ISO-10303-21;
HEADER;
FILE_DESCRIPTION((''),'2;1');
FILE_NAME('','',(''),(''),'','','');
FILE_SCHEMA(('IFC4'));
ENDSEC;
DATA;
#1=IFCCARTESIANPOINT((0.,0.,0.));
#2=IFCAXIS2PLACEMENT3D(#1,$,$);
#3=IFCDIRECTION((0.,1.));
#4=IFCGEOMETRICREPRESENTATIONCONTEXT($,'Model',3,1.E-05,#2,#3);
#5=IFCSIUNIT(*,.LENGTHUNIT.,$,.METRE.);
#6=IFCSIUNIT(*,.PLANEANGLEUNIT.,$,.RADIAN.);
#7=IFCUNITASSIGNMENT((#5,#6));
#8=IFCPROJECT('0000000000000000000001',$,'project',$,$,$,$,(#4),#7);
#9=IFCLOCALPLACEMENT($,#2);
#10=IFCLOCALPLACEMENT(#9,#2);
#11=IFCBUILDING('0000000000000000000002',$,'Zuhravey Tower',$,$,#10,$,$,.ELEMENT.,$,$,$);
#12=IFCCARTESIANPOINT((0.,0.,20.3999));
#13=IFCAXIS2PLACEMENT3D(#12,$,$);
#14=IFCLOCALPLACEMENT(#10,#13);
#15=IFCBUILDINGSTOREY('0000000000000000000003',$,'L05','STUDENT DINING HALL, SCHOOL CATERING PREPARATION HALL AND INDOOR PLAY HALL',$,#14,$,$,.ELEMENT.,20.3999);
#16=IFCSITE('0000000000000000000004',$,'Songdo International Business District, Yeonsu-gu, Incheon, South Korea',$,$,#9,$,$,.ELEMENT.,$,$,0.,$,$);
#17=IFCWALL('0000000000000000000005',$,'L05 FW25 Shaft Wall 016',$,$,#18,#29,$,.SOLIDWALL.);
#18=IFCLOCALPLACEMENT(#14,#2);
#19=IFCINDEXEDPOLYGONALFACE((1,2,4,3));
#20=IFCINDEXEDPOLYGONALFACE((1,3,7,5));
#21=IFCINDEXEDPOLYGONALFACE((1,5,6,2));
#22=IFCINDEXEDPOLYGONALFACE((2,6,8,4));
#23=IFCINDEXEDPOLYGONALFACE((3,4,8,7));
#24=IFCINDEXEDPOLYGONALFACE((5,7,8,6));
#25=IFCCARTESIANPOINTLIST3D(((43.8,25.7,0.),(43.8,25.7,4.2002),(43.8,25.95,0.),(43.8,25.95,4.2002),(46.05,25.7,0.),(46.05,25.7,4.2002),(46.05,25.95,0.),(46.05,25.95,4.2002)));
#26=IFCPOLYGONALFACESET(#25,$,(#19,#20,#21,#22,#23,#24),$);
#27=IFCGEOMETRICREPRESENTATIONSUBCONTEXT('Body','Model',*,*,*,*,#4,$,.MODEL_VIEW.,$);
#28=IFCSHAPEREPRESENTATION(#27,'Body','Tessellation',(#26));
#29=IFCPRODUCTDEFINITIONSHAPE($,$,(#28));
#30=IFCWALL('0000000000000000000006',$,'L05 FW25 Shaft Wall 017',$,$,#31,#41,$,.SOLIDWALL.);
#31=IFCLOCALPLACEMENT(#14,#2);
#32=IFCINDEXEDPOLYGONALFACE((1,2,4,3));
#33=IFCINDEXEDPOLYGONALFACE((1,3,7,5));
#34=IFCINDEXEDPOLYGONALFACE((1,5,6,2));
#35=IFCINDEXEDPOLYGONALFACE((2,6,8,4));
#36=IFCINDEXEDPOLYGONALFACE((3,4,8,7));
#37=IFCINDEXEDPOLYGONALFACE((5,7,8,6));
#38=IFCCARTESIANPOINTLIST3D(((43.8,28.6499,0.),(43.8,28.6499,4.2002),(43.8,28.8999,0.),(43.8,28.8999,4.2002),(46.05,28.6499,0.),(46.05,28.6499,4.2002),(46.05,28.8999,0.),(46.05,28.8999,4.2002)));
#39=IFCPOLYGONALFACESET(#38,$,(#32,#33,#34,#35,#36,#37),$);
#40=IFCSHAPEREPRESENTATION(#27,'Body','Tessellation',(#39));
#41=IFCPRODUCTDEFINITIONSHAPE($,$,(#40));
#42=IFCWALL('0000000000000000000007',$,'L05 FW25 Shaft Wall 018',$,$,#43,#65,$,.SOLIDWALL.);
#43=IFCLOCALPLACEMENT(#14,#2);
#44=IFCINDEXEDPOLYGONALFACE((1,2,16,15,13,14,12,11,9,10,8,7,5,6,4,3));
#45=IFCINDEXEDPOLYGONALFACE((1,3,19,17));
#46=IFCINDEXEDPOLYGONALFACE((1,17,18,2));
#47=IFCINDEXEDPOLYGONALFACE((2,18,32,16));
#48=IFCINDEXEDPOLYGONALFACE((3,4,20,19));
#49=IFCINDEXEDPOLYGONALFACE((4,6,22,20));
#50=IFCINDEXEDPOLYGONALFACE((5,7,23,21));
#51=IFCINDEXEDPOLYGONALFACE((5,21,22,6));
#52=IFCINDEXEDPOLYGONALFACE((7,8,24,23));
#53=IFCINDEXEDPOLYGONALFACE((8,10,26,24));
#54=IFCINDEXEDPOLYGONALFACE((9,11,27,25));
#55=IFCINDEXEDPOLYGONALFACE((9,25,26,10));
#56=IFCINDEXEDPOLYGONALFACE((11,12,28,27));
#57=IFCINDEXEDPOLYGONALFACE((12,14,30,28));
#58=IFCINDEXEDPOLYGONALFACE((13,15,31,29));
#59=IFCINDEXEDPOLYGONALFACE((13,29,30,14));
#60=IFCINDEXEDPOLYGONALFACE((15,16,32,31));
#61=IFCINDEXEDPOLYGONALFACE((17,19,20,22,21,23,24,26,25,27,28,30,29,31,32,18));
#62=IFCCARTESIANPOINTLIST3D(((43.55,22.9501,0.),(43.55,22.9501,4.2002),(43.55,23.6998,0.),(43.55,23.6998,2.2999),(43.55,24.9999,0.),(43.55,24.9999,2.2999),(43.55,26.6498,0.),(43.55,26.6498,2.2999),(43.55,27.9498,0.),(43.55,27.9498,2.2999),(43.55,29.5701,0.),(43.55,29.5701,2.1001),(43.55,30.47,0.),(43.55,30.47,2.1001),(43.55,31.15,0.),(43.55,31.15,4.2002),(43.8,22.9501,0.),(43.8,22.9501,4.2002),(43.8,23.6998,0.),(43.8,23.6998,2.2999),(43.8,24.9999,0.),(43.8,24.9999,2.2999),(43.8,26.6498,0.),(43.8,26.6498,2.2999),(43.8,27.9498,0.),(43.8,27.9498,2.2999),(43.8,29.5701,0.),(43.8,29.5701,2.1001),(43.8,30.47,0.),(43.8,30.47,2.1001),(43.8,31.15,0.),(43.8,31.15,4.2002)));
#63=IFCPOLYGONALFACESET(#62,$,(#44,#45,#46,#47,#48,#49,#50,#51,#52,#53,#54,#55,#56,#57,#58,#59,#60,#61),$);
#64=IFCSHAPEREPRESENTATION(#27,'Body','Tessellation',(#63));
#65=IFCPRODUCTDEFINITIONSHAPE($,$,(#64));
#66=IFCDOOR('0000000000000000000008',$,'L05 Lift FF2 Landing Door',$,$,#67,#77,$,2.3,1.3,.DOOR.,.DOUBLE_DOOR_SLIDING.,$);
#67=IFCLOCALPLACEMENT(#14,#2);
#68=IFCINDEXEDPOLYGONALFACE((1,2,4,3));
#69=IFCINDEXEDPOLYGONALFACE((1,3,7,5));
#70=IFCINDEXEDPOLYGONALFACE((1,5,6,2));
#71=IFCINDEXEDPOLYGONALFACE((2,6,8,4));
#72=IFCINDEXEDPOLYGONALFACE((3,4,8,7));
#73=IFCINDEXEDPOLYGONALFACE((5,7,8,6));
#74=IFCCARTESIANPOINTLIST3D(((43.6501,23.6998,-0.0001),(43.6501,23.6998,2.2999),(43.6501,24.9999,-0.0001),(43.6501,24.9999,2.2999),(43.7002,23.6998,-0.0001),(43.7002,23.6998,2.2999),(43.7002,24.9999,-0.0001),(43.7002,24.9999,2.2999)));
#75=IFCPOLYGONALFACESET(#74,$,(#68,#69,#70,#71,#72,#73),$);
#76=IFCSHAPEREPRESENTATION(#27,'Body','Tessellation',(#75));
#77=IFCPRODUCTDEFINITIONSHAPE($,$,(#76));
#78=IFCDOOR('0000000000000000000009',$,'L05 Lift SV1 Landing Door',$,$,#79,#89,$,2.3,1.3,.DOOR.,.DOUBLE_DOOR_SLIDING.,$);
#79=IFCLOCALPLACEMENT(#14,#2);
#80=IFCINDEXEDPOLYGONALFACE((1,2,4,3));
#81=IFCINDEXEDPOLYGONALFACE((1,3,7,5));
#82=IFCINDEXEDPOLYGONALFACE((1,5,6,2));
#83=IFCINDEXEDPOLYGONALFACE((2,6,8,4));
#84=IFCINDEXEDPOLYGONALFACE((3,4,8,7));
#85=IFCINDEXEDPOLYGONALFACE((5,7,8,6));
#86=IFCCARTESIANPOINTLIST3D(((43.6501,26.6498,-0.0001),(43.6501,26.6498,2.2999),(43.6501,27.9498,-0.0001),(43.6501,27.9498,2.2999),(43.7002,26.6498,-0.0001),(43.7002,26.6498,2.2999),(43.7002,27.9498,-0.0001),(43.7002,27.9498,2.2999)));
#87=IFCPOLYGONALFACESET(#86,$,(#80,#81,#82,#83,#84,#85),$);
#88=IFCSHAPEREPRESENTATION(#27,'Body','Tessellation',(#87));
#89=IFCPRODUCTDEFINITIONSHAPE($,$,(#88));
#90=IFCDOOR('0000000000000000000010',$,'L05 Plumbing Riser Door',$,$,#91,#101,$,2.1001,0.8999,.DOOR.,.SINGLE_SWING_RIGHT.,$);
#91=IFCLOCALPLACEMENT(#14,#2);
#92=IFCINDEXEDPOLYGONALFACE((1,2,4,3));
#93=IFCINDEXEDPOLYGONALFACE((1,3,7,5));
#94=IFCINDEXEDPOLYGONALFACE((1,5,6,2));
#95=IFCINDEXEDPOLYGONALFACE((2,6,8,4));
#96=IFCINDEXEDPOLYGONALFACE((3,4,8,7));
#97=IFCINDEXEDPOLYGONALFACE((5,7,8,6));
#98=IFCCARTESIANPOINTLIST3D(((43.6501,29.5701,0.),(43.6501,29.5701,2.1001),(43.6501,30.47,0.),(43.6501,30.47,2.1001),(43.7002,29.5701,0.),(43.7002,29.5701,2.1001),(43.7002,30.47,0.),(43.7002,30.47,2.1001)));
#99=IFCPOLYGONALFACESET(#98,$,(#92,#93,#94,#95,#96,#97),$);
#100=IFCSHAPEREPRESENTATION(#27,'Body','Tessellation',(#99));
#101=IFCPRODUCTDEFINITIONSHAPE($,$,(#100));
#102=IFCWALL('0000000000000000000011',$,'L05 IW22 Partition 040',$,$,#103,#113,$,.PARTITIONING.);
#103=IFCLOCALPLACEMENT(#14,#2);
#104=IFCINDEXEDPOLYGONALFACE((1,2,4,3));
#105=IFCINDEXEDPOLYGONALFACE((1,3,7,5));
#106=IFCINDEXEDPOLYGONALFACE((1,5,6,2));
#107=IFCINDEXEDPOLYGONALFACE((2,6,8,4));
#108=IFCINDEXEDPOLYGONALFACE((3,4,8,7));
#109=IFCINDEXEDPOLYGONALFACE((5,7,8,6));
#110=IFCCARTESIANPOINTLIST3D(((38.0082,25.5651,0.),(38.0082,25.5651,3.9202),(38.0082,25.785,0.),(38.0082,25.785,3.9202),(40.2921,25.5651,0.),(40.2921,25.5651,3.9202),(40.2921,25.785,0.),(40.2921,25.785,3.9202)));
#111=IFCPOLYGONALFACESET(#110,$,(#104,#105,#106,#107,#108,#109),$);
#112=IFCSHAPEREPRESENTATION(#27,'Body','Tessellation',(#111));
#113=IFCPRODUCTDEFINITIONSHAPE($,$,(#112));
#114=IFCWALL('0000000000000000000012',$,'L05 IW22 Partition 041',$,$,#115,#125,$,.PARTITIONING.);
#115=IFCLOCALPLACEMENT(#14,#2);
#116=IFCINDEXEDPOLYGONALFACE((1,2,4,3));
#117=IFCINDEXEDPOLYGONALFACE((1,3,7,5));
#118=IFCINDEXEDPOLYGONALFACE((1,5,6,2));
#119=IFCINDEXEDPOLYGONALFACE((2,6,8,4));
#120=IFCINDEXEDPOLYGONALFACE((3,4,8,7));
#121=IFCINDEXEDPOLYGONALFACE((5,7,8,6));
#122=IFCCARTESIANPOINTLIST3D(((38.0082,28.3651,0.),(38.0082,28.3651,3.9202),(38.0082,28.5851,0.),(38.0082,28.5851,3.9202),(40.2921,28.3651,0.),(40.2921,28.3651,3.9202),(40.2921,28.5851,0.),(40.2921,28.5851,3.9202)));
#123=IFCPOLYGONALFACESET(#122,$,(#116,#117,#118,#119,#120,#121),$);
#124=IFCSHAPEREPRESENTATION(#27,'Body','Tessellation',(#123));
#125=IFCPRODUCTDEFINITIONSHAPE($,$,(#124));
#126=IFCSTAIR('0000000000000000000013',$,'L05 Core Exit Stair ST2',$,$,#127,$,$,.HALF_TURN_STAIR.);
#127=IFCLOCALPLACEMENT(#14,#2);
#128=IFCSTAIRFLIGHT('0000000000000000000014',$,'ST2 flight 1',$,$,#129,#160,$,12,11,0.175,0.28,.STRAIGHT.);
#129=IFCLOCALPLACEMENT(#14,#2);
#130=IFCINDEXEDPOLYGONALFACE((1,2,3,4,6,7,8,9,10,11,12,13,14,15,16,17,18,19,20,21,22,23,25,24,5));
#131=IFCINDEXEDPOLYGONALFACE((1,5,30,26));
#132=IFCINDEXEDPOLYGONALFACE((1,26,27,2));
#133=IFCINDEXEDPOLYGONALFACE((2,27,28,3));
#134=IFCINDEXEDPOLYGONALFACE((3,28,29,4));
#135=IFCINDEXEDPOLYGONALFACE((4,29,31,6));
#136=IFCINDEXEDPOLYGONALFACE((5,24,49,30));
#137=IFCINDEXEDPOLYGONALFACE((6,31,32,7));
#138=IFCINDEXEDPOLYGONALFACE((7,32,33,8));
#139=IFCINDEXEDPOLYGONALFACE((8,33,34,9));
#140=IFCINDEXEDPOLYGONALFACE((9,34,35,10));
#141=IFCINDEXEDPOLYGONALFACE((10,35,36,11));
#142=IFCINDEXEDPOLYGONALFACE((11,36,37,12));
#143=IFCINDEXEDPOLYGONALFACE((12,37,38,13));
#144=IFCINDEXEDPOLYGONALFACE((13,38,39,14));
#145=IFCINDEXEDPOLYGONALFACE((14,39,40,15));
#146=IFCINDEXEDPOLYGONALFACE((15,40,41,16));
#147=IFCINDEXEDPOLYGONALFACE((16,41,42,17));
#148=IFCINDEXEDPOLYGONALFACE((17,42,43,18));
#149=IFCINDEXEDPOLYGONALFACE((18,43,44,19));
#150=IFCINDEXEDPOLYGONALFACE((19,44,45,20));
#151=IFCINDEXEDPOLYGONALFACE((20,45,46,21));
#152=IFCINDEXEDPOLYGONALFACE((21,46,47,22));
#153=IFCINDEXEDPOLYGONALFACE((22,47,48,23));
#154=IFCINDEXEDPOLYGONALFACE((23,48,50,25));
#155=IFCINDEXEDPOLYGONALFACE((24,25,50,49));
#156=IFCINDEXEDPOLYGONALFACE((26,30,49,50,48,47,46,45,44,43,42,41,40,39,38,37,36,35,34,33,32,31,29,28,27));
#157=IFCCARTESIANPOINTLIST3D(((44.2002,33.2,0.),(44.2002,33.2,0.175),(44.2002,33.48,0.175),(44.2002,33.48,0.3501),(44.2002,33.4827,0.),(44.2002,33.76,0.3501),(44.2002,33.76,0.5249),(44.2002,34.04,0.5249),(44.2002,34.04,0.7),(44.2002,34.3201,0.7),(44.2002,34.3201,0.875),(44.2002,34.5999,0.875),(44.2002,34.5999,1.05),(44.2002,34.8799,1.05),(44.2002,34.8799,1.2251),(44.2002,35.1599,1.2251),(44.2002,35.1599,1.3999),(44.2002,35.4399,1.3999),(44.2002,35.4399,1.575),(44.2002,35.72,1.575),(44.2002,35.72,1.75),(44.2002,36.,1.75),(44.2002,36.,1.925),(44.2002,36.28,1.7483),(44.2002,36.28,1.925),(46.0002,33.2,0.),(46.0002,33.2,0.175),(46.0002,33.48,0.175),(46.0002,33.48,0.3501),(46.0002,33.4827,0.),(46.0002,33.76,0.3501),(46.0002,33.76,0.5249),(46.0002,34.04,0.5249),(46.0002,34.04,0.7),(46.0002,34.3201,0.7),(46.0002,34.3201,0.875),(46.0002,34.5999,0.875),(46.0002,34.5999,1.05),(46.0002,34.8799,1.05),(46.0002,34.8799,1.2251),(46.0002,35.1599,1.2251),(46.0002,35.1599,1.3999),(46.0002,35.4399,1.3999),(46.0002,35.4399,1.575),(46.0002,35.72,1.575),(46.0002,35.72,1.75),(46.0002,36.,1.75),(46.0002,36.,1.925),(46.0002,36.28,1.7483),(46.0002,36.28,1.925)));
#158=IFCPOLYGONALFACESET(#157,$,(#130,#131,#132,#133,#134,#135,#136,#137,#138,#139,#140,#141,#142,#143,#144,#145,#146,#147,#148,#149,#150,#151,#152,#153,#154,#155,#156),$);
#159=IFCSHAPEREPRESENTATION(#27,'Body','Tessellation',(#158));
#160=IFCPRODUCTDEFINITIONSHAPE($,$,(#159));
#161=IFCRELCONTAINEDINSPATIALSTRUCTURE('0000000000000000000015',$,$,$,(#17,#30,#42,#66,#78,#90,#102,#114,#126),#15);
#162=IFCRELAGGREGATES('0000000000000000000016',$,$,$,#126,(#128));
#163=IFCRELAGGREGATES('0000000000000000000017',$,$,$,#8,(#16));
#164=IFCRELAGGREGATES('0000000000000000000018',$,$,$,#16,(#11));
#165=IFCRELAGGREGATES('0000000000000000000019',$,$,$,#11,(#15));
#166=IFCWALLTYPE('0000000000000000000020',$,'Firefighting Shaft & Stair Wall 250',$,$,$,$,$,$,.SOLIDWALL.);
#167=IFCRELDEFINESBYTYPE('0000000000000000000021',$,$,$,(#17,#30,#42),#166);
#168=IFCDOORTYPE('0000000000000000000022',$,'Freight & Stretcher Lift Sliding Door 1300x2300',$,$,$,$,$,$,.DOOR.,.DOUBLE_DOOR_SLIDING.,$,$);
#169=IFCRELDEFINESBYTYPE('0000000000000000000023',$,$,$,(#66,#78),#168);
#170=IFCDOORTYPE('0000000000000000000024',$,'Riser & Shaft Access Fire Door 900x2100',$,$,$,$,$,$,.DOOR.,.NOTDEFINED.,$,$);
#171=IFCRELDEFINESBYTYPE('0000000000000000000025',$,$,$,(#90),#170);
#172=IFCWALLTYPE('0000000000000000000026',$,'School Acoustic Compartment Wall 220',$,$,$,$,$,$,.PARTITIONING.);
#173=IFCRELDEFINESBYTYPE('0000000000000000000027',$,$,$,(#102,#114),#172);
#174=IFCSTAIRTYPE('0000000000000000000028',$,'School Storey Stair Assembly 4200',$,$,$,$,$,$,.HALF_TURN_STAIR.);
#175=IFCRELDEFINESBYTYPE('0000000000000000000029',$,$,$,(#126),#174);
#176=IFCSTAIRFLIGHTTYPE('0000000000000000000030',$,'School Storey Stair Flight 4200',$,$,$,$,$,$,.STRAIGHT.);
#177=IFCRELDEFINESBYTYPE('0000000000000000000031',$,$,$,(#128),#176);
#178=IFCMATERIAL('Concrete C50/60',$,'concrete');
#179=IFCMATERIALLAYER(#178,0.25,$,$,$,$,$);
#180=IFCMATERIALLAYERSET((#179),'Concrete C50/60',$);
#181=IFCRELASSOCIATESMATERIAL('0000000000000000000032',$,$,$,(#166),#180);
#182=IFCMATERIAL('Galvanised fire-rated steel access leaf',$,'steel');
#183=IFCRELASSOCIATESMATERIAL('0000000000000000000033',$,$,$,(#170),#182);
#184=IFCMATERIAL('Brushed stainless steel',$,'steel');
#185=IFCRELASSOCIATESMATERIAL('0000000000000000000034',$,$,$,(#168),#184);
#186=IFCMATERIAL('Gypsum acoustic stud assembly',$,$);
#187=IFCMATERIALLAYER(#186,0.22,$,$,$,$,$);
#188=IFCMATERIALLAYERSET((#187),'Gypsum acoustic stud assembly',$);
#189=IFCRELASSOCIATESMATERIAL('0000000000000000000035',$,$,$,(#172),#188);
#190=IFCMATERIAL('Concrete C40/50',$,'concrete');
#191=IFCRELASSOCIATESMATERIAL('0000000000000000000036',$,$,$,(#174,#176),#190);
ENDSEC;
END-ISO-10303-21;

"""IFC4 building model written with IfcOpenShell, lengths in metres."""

from ifc_helpers import new_model, si_unit, direction, frame, frame_2d, origin, place, context, subcontext, project, spatial, polyline, rectangle, outline, extrude, material, layer, layer_set, type_object, element, fill, aggregate, save


model = new_model("IFC4")

# Units and contexts
model_context = context("Model", 3, precision=1e-05, world=origin(), true_north=direction((0.0, 1.0)))
body_context = subcontext(model_context, "Body", "Model", "MODEL_VIEW")
ifc_project = project(units=[si_unit("LENGTHUNIT", "METRE"), si_unit("PLANEANGLEUNIT", "RADIAN")], contexts=[model_context])

# Site, building, storey
site_placement = place(None, origin())
site = spatial("IfcSite", under=ifc_project, at=site_placement, Name="Songdo International Business District, Yeonsu-gu, Incheon, South Korea", CompositionType="ELEMENT", RefElevation=0.0)
building_placement = place(site_placement, origin())
building = spatial("IfcBuilding", under=site, at=building_placement, Name="Zuhravey Tower", CompositionType="ELEMENT")
storey_placement = place(building_placement, frame((0.0, 0.0, 20.3999)))
storey = spatial("IfcBuildingStorey", under=building, at=storey_placement, Name="L05", Description="STUDENT DINING HALL, SCHOOL CATERING PREPARATION HALL AND INDOOR PLAY HALL", CompositionType="ELEMENT", Elevation=20.3999)

# Shared definitions
ifc_material_1 = material(Name="Concrete C50/60", Category="concrete")
ifc_layer_1 = layer(ifc_material_1, 0.25)
ifc_layer_set_1 = layer_set([ifc_layer_1], Name="Concrete C50/60")
wall_type_1 = type_object("IfcWallType", Name="Firefighting Shaft & Stair Wall 250", PredefinedType="SOLIDWALL", material=ifc_layer_set_1)

# Shared definitions
ifc_material_2 = material(Name="Galvanised fire-rated steel access leaf", Category="steel")
door_type_1 = type_object("IfcDoorType", Name="Riser & Shaft Access Fire Door 900x2100", OperationType="NOTDEFINED", PredefinedType="DOOR", material=ifc_material_2)

# Walls
for number, where, z_axis, x_axis, name in (
    (1, (43.8, 25.825, 0.0), (0.0, 0.0, 1.0), (1.0, 0.0, 0.0), "L05 FW25 Shaft Wall 016"),
    (2, (43.8, 28.7749, 0.0), (0.0, 0.0, 1.0), (1.0, 0.0, 0.0), "L05 FW25 Shaft Wall 017"),
):
    element("IfcWall", number, at=place(storey_placement, frame(where, z_axis=z_axis, x_axis=x_axis)), inside=storey, type_object=wall_type_1, Name=name, PredefinedType="SOLIDWALL", context=body_context, shape_type="SweptSolid", body=[
        extrude(rectangle(XDim=2.25, YDim=0.25, at=frame_2d((1.125, 0.0))), origin(), (0.0, 0.0, 1.0), 4.2002),
    ])

# Wall, openings, doors
wall_1_placement = place(storey_placement, frame((43.675, 22.95, 0.0), z_axis=(0.0, 0.0, 1.0), x_axis=(0.0, 1.0, 0.0)))
wall_1 = element("IfcWall", 3, at=wall_1_placement, inside=storey, type_object=wall_type_1, Name="L05 FW25 Shaft Wall 018", PredefinedType="SOLIDWALL", context=body_context, shape_type="SweptSolid", body=[
    extrude(rectangle(XDim=8.2, YDim=0.25, at=frame_2d((4.1001, 0.0))), origin(), (0.0, 0.0, 1.0), 4.2002),
])
opening_1_placement = place(wall_1_placement, frame((0.75, 0.0, 0.0)))
opening_1 = element("IfcOpeningElement", 4, at=opening_1_placement, cuts=wall_1, PredefinedType="OPENING", context=body_context, shape_type="SweptSolid", body=[
    extrude(rectangle(XDim=1.3, YDim=2.3, at=frame_2d((0.6499, 1.1499))), frame((0.0, 0.137, 0.0), z_axis=(0.0, -1.0, 0.0), x_axis=(1.0, 0.0, 0.0)), (0.0, 0.0, 1.0), 0.2739),
])
opening_2_placement = place(wall_1_placement, frame((3.7, 0.0, 0.0)))
opening_2 = element("IfcOpeningElement", 5, at=opening_2_placement, cuts=wall_1, PredefinedType="OPENING", context=body_context, shape_type="SweptSolid", body=[
    extrude(rectangle(XDim=1.3, YDim=2.3, at=frame_2d((0.6499, 1.1499))), frame((0.0, 0.137, 0.0), z_axis=(0.0, -1.0, 0.0), x_axis=(1.0, 0.0, 0.0)), (0.0, 0.0, 1.0), 0.2739),
])
opening_3_placement = place(wall_1_placement, frame((6.6201, 0.0, 0.0)))
opening_3 = element("IfcOpeningElement", 6, at=opening_3_placement, cuts=wall_1, PredefinedType="OPENING", context=body_context, shape_type="SweptSolid", body=[
    extrude(rectangle(XDim=0.8999, YDim=2.1001, at=frame_2d((0.45, 1.05))), frame((0.0, 0.137, 0.0), z_axis=(0.0, -1.0, 0.0), x_axis=(1.0, 0.0, 0.0)), (0.0, 0.0, 1.0), 0.2739),
])
ifc_material_3 = material(Name="Brushed stainless steel", Category="steel")
door_type_2 = type_object("IfcDoorType", Name="Freight & Stretcher Lift Sliding Door 1300x2300", OperationType="DOUBLE_DOOR_SLIDING", PredefinedType="DOOR", material=ifc_material_3)
door_1_placement = place(opening_1_placement, origin())
door_1 = element("IfcDoor", 7, at=door_1_placement, inside=storey, type_object=door_type_2, Name="L05 Lift FF2 Landing Door", OperationType="DOUBLE_DOOR_SLIDING", OverallHeight=2.3, OverallWidth=1.3, PredefinedType="DOOR", context=body_context, shape_type="SweptSolid", body=[
    extrude(rectangle(XDim=1.3, YDim=2.3, at=frame_2d((0.6499, 1.1499))), frame((0.0, 0.0249, 0.0), z_axis=(0.0, -1.0, 0.0), x_axis=(1.0, 0.0, 0.0)), (0.0, 0.0, 1.0), 0.05),
])
fill(opening_1, door_1)
door_2_placement = place(opening_2_placement, origin())
door_2 = element("IfcDoor", 8, at=door_2_placement, inside=storey, type_object=door_type_2, Name="L05 Lift SV1 Landing Door", OperationType="DOUBLE_DOOR_SLIDING", OverallHeight=2.3, OverallWidth=1.3, PredefinedType="DOOR", context=body_context, shape_type="SweptSolid", body=[
    extrude(rectangle(XDim=1.3, YDim=2.3, at=frame_2d((0.6499, 1.1499))), frame((0.0, 0.0249, 0.0), z_axis=(0.0, -1.0, 0.0), x_axis=(1.0, 0.0, 0.0)), (0.0, 0.0, 1.0), 0.05),
])
fill(opening_2, door_2)
door_3_placement = place(opening_3_placement, origin())
door_3 = element("IfcDoor", 9, at=door_3_placement, inside=storey, type_object=door_type_1, Name="L05 Plumbing Riser Door", OperationType="SINGLE_SWING_RIGHT", OverallHeight=2.1001, OverallWidth=0.8999, PredefinedType="DOOR", context=body_context, shape_type="SweptSolid", body=[
    extrude(rectangle(XDim=0.8999, YDim=2.1001, at=frame_2d((0.45, 1.05))), frame((0.0, 0.0249, 0.0), z_axis=(0.0, -1.0, 0.0), x_axis=(1.0, 0.0, 0.0)), (0.0, 0.0, 1.0), 0.05),
])
fill(opening_3, door_3)

# Walls
ifc_material_4 = material(Name="Gypsum acoustic stud assembly")
ifc_layer_2 = layer(ifc_material_4, 0.22)
ifc_layer_set_2 = layer_set([ifc_layer_2], Name="Gypsum acoustic stud assembly")
wall_type_2 = type_object("IfcWallType", Name="School Acoustic Compartment Wall 220", PredefinedType="PARTITIONING", material=ifc_layer_set_2)
for number, where, z_axis, x_axis, name in (
    (10, (38.0081, 25.675, 0.0), (0.0, 0.0, 1.0), (1.0, 0.0, 0.0), "L05 IW22 Partition 040"),
    (11, (38.0081, 28.4751, 0.0), (0.0, 0.0, 1.0), (1.0, 0.0, 0.0), "L05 IW22 Partition 041"),
):
    element("IfcWall", number, at=place(storey_placement, frame(where, z_axis=z_axis, x_axis=x_axis)), inside=storey, type_object=wall_type_2, Name=name, PredefinedType="PARTITIONING", context=body_context, shape_type="SweptSolid", body=[
        extrude(rectangle(XDim=2.2839, YDim=0.22, at=frame_2d((1.1421, 0.0))), origin(), (0.0, 0.0, 1.0), 3.9202),
    ])

# Stair, stair flight
ifc_material_5 = material(Name="Concrete C40/50", Category="concrete")
stair_type = type_object("IfcStairType", Name="School Storey Stair Assembly 4200", PredefinedType="HALF_TURN_STAIR", material=ifc_material_5)
stair_placement = place(storey_placement, origin())
stair = element("IfcStair", 12, at=stair_placement, inside=storey, type_object=stair_type, Name="L05 Core Exit Stair ST2", PredefinedType="HALF_TURN_STAIR")
stair_flight_type = type_object("IfcStairFlightType", Name="School Storey Stair Flight 4200", PredefinedType="STRAIGHT", material=ifc_material_5)
stair_flight_placement = place(storey_placement, frame((45.1001, 33.2, 0.0), z_axis=(0.0, 0.0, 1.0), x_axis=(0.0, 1.0, 0.0)))
stair_flight = element("IfcStairFlight", 13, at=stair_flight_placement, type_object=stair_flight_type, Name="ST2 flight 1", NumberOfRisers=12, NumberOfTreads=11, PredefinedType="STRAIGHT", RiserHeight=0.175, TreadLength=0.28, context=body_context, shape_type="SweptSolid", body=[
    extrude(outline(polyline([(0.0, 0.0), (0.0, 0.175), (0.28, 0.175), (0.28, 0.3501), (0.5601, 0.3501), (0.5601, 0.5249), (0.8401, 0.5249), (0.8401, 0.7), (1.1201, 0.7), (1.1201, 0.875), (1.3999, 0.875), (1.3999, 1.05), (1.6799, 1.05), (1.6799, 1.2251), (1.96, 1.2251), (1.96, 1.3999), (2.24, 1.3999), (2.24, 1.575), (2.52, 1.575), (2.52, 1.75), (2.8, 1.75), (2.8, 1.925), (3.0801, 1.925), (3.0801, 2.1001), (3.0801, 1.7483), (0.2827, 0.0), (0.0, 0.0)])), frame((0.0, 0.8999, 0.0), z_axis=(0.0, -1.0, 0.0), x_axis=(1.0, 0.0, 0.0)), (0.0, 0.0, 1.0), 1.8),
])
aggregate(stair, [stair_flight])

save(model, "model.ifc")
